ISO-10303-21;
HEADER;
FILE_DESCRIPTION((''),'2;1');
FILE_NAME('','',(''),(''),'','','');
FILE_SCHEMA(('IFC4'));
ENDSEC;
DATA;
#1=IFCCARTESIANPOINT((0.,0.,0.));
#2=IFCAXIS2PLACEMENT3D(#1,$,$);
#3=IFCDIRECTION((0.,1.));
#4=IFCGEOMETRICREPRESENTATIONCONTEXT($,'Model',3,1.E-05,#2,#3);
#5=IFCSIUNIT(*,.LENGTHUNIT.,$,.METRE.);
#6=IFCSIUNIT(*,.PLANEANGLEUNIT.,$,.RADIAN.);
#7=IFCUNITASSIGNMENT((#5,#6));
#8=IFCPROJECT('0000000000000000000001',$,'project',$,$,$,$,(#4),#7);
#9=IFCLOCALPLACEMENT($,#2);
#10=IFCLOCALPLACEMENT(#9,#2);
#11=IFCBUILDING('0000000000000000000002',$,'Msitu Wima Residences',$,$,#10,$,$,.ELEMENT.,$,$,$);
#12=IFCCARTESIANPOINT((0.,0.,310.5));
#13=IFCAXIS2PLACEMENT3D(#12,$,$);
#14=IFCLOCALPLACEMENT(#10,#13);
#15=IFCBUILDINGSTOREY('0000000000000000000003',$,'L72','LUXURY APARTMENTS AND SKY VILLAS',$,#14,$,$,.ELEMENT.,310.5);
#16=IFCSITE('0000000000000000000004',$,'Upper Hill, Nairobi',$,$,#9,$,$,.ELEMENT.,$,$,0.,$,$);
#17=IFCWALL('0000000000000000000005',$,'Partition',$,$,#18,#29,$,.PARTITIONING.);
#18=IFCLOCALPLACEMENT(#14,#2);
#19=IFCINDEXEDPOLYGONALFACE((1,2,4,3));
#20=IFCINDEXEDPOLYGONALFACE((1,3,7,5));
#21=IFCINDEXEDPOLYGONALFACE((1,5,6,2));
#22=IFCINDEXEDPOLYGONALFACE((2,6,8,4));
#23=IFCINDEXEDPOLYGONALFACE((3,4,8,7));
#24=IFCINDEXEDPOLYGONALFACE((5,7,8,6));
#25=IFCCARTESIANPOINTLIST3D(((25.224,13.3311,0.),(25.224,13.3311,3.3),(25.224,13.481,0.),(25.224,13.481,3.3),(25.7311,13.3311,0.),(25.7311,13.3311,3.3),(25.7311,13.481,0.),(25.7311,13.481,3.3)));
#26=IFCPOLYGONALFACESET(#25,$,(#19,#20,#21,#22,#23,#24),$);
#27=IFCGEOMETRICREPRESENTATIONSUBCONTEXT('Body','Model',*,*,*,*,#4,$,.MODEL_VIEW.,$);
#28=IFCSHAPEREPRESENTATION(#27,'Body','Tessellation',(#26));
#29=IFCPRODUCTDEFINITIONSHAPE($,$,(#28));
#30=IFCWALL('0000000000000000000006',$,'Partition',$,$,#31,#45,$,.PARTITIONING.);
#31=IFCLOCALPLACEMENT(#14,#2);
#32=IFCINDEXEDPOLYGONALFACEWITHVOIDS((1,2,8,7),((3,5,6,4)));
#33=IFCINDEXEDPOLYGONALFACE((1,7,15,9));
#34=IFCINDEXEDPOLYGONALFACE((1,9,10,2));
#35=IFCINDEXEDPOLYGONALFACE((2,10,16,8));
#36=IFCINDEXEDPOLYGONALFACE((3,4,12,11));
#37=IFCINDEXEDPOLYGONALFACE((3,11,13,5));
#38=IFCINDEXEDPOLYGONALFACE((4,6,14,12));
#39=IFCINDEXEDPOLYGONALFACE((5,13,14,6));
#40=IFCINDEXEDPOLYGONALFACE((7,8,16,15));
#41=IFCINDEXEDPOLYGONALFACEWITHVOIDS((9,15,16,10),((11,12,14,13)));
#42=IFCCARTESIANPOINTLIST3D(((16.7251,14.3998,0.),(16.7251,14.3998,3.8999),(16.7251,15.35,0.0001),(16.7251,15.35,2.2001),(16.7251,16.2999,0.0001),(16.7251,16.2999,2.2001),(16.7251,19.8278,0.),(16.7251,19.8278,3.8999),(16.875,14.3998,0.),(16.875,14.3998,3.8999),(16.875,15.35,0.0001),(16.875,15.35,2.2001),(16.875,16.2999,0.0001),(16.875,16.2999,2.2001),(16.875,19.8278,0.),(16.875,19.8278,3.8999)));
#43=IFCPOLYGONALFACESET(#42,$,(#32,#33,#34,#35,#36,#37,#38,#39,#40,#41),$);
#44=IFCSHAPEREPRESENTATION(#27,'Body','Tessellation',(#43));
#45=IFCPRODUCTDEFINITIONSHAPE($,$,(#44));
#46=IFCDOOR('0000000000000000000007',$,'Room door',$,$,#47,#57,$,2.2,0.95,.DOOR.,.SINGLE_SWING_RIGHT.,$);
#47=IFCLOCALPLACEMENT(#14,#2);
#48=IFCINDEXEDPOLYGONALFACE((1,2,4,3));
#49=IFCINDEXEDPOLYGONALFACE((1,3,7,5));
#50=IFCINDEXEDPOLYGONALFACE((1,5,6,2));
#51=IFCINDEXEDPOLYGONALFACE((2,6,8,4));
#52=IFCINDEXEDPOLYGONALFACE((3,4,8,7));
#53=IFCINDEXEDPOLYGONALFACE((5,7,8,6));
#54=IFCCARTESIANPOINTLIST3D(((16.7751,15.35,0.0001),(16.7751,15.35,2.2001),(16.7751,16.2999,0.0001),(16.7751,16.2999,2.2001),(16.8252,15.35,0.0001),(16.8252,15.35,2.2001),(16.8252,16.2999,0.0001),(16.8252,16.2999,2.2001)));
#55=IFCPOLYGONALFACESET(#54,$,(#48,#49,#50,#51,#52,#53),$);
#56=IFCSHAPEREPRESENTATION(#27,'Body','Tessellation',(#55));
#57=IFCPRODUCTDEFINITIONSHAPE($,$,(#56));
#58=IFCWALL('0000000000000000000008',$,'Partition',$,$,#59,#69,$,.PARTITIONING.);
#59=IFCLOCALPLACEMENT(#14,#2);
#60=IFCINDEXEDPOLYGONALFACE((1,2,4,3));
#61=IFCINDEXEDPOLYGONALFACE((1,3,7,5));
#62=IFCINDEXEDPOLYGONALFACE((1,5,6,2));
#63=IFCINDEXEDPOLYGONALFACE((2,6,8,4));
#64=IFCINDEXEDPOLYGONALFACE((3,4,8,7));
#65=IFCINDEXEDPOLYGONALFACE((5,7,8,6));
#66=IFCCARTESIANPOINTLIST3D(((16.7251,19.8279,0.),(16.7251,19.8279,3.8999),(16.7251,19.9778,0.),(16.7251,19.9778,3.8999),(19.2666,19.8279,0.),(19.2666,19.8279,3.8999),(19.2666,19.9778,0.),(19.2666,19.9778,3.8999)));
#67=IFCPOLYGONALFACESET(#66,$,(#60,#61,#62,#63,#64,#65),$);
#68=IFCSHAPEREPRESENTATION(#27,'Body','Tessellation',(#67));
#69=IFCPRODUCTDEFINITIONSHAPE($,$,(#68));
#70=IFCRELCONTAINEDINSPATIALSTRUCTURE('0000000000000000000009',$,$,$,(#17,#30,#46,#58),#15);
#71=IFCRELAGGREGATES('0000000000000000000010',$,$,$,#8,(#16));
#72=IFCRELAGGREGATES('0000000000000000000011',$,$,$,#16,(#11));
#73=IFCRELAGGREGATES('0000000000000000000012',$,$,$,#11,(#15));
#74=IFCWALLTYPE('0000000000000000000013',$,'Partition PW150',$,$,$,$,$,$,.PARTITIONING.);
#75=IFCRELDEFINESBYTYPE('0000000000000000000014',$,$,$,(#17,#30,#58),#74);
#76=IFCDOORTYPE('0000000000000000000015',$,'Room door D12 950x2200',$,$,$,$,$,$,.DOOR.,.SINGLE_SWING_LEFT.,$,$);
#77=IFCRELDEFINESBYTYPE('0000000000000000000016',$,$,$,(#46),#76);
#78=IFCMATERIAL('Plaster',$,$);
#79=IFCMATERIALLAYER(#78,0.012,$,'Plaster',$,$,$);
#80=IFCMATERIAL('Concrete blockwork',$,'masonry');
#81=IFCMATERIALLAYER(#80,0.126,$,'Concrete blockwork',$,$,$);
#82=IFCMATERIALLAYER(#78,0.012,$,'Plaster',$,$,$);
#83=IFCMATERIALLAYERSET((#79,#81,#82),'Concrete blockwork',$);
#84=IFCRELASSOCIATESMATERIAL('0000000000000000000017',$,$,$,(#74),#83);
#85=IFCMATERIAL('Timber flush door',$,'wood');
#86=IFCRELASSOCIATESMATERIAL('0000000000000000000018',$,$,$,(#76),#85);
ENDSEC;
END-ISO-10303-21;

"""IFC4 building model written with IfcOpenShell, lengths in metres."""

from ifc_helpers import new_model, si_unit, direction, frame, frame_2d, origin, place, context, subcontext, project, spatial, rectangle, extrude, material, layer, layer_set, type_object, element, fill, save


model = new_model("IFC4")

# Units and contexts
model_context = context("Model", 3, precision=1e-05, world=origin(), true_north=direction((0.0, 1.0)))
body_context = subcontext(model_context, "Body", "Model", "MODEL_VIEW")
ifc_project = project(units=[si_unit("LENGTHUNIT", "METRE"), si_unit("PLANEANGLEUNIT", "RADIAN")], contexts=[model_context])

# Site, building, storey
site_placement = place(None, origin())
site = spatial("IfcSite", under=ifc_project, at=site_placement, Name="Upper Hill, Nairobi", CompositionType="ELEMENT", RefElevation=0.0)
building_placement = place(site_placement, origin())
building = spatial("IfcBuilding", under=site, at=building_placement, Name="Msitu Wima Residences", CompositionType="ELEMENT")
storey_placement = place(building_placement, frame((0.0, 0.0, 310.5)))
storey = spatial("IfcBuildingStorey", under=building, at=storey_placement, Name="L72", Description="LUXURY APARTMENTS AND SKY VILLAS", CompositionType="ELEMENT", Elevation=310.5)

# Wall
ifc_material_1 = material(Name="Plaster")
ifc_material_2 = material(Name="Concrete blockwork", Category="masonry")
ifc_layer_1 = layer(ifc_material_1, 0.012, Name="Plaster")
ifc_layer_2 = layer(ifc_material_2, 0.126, Name="Concrete blockwork")
ifc_layer_3 = layer(ifc_material_1, 0.012, Name="Plaster")
ifc_layer_set_1 = layer_set([ifc_layer_1, ifc_layer_2, ifc_layer_3], Name="Concrete blockwork")
wall_type_1 = type_object("IfcWallType", Name="Partition PW150", PredefinedType="PARTITIONING", material=ifc_layer_set_1)
wall_1_placement = place(storey_placement, frame((25.2241, 13.406, 0.0), z_axis=(0.0, 0.0, 1.0), x_axis=(1.0, 0.0, 0.0)))
element("IfcWall", 1, at=wall_1_placement, inside=storey, type_object=wall_type_1, Name="Partition", PredefinedType="PARTITIONING", context=body_context, shape_type="SweptSolid", body=[
    extrude(rectangle(XDim=0.5071, YDim=0.1499, at=frame_2d((0.2534, 0.0))), origin(), (0.0, 0.0, 1.0), 3.3),
])

# Wall, opening, door
wall_2_placement = place(storey_placement, frame((16.8, 14.3999, 0.0), z_axis=(0.0, 0.0, 1.0), x_axis=(0.0, 1.0, 0.0)))
wall_2 = element("IfcWall", 2, at=wall_2_placement, inside=storey, type_object=wall_type_1, Name="Partition", PredefinedType="PARTITIONING", context=body_context, shape_type="SweptSolid", body=[
    extrude(rectangle(XDim=5.428, YDim=0.1499, at=frame_2d((2.7139, 0.0))), origin(), (0.0, 0.0, 1.0), 3.8999),
])
opening_1_placement = place(wall_2_placement, frame((0.95, 0.0, 0.0)))
opening_1 = element("IfcOpeningElement", 3, at=opening_1_placement, cuts=wall_2, PredefinedType="OPENING", context=body_context, shape_type="SweptSolid", body=[
    extrude(rectangle(XDim=0.95, YDim=2.2, at=frame_2d((0.4751, 1.1001))), frame((0.0, 0.085, 0.0), z_axis=(0.0, -1.0, 0.0), x_axis=(1.0, 0.0, 0.0)), (0.0, 0.0, 1.0), 0.1699),
])
ifc_material_3 = material(Name="Timber flush door", Category="wood")
door_type_1 = type_object("IfcDoorType", Name="Room door D12 950x2200", OperationType="SINGLE_SWING_LEFT", PredefinedType="DOOR", material=ifc_material_3)
door_1_placement = place(opening_1_placement, origin())
door_1 = element("IfcDoor", 4, at=door_1_placement, inside=storey, type_object=door_type_1, Name="Room door", OperationType="SINGLE_SWING_RIGHT", OverallHeight=2.2, OverallWidth=0.95, PredefinedType="DOOR", context=body_context, shape_type="SweptSolid", body=[
    extrude(rectangle(XDim=0.95, YDim=2.2, at=frame_2d((0.4751, 1.1001))), frame((0.0, 0.0249, 0.0), z_axis=(0.0, -1.0, 0.0), x_axis=(1.0, 0.0, 0.0)), (0.0, 0.0, 1.0), 0.05),
])
fill(opening_1, door_1)

# Wall
wall_3_placement = place(storey_placement, frame((16.7251, 19.9028, 0.0), z_axis=(0.0, 0.0, 1.0), x_axis=(1.0, 0.0, 0.0)))
element("IfcWall", 5, at=wall_3_placement, inside=storey, type_object=wall_type_1, Name="Partition", PredefinedType="PARTITIONING", context=body_context, shape_type="SweptSolid", body=[
    extrude(rectangle(XDim=2.5415, YDim=0.1499, at=frame_2d((1.2708, 0.0))), origin(), (0.0, 0.0, 1.0), 3.8999),
])

save(model, "model.ifc")
